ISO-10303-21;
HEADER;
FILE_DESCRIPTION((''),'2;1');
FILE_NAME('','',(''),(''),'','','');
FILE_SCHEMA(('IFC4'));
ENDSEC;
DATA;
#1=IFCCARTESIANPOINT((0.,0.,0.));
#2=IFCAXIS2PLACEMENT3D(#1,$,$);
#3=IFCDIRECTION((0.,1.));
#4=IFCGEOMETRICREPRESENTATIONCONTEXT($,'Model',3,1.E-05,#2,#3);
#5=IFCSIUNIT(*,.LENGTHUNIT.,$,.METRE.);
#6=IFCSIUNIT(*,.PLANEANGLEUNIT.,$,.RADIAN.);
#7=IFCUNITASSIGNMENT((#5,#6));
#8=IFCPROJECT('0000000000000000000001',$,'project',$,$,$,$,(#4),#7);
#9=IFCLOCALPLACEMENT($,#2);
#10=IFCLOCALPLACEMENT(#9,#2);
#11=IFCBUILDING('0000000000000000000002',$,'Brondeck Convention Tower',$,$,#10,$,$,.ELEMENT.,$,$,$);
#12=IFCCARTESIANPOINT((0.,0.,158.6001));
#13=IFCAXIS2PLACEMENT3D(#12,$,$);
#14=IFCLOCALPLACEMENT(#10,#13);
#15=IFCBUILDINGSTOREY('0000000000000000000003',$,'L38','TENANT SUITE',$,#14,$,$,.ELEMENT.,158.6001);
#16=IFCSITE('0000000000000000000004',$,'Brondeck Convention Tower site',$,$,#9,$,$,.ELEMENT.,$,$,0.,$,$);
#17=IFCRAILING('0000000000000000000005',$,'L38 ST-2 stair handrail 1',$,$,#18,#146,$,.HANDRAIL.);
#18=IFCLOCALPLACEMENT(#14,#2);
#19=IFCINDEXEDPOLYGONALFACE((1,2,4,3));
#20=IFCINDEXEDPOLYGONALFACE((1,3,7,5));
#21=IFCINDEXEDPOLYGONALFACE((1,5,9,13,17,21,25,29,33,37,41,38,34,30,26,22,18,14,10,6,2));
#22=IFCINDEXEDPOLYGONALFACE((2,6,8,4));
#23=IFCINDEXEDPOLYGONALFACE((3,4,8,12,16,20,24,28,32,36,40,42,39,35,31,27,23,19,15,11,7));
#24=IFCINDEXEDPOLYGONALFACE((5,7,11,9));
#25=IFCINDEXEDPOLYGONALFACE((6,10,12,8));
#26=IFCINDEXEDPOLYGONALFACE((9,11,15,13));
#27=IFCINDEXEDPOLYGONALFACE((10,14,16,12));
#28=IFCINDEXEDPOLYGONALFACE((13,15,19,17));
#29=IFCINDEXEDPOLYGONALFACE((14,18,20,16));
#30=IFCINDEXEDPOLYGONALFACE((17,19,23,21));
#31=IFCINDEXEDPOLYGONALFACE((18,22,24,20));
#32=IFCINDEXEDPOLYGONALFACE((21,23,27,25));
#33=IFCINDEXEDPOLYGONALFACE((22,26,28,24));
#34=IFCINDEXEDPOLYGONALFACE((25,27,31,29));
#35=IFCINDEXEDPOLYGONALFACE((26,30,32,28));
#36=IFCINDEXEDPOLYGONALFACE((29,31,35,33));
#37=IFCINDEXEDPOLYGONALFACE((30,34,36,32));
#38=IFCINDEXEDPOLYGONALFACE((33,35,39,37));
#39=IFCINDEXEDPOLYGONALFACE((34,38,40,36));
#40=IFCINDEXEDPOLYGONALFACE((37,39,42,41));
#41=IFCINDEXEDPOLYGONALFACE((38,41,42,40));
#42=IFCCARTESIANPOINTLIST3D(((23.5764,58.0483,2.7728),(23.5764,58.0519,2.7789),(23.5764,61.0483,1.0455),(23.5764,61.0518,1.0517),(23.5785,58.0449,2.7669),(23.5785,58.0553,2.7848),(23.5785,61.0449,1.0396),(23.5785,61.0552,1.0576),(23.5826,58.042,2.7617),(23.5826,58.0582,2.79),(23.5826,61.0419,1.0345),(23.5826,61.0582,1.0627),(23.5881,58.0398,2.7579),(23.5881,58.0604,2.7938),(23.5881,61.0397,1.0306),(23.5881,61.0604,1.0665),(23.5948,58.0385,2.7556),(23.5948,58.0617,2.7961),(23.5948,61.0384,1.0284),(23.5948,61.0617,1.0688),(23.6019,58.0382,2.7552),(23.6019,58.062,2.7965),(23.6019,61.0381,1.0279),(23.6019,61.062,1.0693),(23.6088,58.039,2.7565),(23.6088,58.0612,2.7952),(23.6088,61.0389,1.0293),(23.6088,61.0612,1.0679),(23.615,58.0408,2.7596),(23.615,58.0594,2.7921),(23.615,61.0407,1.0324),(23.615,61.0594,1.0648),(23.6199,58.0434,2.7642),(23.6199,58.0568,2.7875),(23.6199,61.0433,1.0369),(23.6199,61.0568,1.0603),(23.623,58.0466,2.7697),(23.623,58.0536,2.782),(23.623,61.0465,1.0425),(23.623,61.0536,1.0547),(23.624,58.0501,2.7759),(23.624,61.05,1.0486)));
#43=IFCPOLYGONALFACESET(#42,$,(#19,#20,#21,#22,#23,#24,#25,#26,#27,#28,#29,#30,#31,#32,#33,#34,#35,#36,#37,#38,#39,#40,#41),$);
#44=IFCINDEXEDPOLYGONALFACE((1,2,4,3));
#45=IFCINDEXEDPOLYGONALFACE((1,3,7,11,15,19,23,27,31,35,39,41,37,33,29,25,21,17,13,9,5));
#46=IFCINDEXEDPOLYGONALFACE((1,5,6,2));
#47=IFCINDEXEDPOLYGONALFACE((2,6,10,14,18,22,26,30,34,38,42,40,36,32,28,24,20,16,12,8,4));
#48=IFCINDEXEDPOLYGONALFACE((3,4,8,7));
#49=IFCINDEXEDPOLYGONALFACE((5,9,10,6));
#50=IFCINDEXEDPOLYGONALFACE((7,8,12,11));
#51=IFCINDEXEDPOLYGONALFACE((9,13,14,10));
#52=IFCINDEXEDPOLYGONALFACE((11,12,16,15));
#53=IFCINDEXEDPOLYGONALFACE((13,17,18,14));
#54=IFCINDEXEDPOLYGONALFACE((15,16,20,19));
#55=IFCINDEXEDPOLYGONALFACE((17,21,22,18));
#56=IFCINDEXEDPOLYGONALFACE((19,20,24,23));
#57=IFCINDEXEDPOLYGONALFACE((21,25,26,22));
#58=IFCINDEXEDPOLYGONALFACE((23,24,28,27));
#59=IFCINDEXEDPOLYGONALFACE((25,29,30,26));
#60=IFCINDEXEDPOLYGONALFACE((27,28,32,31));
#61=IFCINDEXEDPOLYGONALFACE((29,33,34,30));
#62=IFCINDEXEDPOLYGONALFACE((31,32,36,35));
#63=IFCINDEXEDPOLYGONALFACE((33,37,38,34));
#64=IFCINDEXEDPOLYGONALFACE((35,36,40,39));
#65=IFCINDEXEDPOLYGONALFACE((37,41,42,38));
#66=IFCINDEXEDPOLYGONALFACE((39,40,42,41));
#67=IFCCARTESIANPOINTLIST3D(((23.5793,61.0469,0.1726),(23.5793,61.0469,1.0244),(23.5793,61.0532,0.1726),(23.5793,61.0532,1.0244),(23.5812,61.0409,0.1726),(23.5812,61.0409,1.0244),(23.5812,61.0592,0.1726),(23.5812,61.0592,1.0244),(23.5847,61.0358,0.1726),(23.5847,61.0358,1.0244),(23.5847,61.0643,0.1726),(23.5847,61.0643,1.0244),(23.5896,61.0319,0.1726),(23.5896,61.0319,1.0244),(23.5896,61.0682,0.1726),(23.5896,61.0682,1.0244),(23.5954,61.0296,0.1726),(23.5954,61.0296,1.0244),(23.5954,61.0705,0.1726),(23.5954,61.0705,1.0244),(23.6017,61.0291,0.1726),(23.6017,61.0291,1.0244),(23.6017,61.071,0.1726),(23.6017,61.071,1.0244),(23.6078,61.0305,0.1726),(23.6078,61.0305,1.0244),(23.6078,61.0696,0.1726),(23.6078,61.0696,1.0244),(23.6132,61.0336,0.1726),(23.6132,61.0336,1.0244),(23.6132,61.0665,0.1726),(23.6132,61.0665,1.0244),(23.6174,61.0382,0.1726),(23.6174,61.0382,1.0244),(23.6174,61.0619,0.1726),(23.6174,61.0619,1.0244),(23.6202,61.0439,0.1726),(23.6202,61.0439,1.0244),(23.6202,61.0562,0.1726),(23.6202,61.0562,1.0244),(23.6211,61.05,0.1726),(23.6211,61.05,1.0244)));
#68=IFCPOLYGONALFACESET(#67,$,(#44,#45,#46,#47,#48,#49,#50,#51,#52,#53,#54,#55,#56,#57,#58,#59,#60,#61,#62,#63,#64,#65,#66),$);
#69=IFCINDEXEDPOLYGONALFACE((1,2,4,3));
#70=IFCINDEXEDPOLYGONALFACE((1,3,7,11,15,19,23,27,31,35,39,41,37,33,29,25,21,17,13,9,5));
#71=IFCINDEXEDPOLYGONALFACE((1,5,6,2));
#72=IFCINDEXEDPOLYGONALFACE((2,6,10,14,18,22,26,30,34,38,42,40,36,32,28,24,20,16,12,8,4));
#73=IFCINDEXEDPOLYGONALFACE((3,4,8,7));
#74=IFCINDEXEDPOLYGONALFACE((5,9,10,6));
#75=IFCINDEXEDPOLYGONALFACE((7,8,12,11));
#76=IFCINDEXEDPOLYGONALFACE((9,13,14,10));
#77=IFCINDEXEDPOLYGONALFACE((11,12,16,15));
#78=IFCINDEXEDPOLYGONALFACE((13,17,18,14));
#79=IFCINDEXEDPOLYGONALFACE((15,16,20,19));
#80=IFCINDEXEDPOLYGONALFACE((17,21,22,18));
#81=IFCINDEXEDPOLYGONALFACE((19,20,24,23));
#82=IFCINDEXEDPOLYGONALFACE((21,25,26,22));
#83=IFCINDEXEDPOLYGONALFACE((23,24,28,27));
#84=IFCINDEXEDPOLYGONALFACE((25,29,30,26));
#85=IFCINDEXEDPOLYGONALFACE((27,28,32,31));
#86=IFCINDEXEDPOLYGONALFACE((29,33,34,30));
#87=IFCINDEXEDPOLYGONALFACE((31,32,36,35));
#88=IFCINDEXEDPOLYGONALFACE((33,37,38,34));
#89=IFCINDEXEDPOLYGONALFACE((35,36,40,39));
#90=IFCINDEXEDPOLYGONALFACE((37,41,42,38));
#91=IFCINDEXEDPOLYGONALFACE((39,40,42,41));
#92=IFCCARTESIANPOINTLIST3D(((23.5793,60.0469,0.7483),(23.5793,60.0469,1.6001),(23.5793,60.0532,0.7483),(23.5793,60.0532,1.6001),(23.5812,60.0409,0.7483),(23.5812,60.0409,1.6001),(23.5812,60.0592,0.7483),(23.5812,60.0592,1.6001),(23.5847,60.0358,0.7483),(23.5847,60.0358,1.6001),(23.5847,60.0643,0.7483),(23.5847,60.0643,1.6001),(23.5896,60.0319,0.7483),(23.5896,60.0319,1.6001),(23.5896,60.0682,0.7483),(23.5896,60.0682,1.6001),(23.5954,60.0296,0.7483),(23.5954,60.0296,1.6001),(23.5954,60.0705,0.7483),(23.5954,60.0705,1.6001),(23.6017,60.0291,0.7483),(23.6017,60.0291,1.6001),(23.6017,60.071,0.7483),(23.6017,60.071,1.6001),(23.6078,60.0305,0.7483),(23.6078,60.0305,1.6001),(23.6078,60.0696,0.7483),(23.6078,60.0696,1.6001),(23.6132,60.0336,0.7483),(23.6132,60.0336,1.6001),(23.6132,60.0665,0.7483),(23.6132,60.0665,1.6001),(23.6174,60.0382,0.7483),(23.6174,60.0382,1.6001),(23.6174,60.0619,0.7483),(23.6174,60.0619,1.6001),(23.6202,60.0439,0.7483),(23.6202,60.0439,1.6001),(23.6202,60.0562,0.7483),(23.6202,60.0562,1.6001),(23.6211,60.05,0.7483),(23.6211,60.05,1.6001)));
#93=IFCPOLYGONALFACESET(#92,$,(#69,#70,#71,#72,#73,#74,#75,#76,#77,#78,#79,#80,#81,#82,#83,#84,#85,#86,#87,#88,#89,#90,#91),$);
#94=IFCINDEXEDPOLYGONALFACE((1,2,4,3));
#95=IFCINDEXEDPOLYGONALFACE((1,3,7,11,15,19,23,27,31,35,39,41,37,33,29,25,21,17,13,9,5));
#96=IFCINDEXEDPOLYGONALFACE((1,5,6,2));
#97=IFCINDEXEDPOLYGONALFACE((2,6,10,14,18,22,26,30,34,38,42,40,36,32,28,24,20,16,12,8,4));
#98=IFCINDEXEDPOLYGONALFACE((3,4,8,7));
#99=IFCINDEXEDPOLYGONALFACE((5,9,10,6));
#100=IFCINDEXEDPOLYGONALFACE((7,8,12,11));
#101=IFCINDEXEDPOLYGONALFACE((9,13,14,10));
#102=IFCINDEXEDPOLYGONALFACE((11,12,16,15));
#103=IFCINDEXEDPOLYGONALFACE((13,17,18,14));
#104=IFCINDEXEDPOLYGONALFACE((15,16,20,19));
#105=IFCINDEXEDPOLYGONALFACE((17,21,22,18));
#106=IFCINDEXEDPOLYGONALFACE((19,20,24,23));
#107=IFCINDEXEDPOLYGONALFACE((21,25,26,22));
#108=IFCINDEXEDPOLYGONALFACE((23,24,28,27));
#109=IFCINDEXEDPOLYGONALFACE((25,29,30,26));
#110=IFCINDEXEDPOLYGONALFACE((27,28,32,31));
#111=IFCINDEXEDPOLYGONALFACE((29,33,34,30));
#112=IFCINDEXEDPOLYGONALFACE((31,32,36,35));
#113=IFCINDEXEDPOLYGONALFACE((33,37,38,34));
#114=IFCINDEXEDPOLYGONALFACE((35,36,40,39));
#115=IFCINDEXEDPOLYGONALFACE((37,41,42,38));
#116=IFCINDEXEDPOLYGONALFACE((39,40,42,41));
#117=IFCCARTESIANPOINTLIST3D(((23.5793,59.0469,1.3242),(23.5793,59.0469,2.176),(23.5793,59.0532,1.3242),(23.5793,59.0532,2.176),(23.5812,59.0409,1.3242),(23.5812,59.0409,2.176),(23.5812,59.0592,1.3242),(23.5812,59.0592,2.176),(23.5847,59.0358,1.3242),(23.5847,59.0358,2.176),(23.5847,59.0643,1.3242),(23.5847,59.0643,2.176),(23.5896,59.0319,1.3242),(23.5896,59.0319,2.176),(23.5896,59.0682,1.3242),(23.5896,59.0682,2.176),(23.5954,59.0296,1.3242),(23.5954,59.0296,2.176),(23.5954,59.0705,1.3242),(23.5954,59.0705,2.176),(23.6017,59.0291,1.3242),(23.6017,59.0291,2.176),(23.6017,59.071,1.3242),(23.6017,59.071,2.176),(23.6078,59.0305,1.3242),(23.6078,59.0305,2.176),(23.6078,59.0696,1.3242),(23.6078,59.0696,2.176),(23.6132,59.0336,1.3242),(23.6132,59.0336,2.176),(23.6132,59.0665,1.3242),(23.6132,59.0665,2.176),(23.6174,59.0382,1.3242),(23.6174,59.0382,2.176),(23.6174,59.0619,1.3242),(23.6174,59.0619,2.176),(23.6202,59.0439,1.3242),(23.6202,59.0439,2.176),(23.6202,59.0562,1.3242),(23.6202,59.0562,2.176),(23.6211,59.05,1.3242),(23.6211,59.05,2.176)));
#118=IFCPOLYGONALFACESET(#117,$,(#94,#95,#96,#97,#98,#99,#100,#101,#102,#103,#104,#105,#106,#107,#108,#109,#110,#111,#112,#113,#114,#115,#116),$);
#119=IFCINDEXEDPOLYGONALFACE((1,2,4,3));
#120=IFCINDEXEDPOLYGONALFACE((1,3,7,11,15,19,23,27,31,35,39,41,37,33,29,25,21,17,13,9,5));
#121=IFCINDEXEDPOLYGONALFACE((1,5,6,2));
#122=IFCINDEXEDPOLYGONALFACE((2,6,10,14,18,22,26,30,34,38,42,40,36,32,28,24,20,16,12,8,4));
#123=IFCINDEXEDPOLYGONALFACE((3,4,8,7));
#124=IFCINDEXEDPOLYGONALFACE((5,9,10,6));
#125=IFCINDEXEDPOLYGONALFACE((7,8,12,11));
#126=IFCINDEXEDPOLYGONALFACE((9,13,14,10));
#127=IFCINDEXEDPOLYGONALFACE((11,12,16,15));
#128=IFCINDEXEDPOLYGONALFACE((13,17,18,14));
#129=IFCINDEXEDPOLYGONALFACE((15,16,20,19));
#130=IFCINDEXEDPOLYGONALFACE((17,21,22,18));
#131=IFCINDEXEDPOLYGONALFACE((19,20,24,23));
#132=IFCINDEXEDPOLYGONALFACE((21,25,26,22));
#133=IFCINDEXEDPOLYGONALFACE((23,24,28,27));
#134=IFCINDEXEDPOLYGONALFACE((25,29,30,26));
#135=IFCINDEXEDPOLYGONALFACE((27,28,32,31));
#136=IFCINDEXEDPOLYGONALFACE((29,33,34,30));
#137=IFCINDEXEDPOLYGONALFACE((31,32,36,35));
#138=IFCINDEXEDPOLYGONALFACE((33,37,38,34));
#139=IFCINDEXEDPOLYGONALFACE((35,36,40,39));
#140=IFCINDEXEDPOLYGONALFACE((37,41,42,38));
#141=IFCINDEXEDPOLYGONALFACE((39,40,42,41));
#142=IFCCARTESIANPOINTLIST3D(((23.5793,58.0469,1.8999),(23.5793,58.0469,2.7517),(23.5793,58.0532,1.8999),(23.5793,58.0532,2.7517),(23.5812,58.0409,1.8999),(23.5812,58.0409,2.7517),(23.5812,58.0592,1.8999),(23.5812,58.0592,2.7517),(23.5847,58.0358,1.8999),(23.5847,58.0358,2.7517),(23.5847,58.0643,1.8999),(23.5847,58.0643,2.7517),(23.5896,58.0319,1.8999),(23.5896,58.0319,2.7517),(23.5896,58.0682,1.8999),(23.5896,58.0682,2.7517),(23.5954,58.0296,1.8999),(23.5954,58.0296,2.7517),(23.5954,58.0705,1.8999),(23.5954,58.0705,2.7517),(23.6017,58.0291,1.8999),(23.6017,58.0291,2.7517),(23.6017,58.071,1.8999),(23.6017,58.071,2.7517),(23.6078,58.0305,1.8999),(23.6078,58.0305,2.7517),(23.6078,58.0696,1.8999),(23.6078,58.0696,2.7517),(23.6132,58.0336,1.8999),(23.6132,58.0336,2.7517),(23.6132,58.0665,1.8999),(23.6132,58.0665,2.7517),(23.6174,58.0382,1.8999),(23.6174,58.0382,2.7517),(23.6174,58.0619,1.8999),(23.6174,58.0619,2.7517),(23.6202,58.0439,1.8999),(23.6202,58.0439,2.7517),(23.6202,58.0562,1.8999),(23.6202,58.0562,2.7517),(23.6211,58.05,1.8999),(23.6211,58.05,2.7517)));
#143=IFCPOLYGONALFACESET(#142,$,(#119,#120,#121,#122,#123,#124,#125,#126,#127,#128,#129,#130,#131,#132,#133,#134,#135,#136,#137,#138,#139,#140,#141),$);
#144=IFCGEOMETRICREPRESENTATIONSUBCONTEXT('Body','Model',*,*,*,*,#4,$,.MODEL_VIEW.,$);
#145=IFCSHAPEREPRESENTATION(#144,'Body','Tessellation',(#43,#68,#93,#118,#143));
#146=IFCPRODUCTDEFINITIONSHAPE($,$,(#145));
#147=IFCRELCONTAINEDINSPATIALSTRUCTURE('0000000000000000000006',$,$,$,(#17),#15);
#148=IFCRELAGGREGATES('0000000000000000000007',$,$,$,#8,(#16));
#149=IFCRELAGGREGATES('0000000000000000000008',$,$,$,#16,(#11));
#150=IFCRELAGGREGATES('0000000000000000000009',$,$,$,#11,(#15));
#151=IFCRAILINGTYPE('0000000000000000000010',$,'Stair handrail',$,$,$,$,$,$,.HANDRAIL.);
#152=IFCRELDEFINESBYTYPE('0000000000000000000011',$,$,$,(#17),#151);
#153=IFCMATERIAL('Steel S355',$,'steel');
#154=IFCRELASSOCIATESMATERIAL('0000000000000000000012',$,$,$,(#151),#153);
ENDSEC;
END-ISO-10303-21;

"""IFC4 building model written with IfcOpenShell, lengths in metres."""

from ifc_helpers import new_model, si_unit, direction, frame, origin, origin_2d, place, context, subcontext, project, spatial, circle, extrude, material, type_object, element, save


model = new_model("IFC4")

# Units and contexts
model_context = context("Model", 3, precision=1e-05, world=origin(), true_north=direction((0.0, 1.0)))
body_context = subcontext(model_context, "Body", "Model", "MODEL_VIEW")
ifc_project = project(units=[si_unit("LENGTHUNIT", "METRE"), si_unit("PLANEANGLEUNIT", "RADIAN")], contexts=[model_context])

# Site, building, storey
site_placement = place(None, origin())
site = spatial("IfcSite", under=ifc_project, at=site_placement, Name="Brondeck Convention Tower site", CompositionType="ELEMENT", RefElevation=0.0)
building_placement = place(site_placement, origin())
building = spatial("IfcBuilding", under=site, at=building_placement, Name="Brondeck Convention Tower", CompositionType="ELEMENT")
storey_placement = place(building_placement, frame((0.0, 0.0, 158.6001)))
storey = spatial("IfcBuildingStorey", under=building, at=storey_placement, Name="L38", Description="TENANT SUITE", CompositionType="ELEMENT", Elevation=158.6001)

# Railing
ifc_material_1 = material(Name="Steel S355", Category="steel")
railing_type_1 = type_object("IfcRailingType", Name="Stair handrail", PredefinedType="HANDRAIL", material=ifc_material_1)
railing_1_placement = place(storey_placement, frame((23.6001, 61.05, 0.1726)))
element("IfcRailing", 1, at=railing_1_placement, inside=storey, type_object=railing_type_1, Name="L38 ST-2 stair handrail 1", PredefinedType="HANDRAIL", context=body_context, shape_type="SweptSolid", body=[
    extrude(circle(Radius=0.0239, at=origin_2d()), frame((0.0, 0.0, 0.876), z_axis=(0.0, -0.86662, 0.498969), x_axis=(1.0, 0.0, 0.0)), (0.0, 0.0, 1.0), 3.4617),
    extrude(circle(Radius=0.021, at=origin_2d()), origin(), (0.0, 0.0, 1.0), 0.8518),
    extrude(circle(Radius=0.021, at=origin_2d()), frame((0.0, -1.0, 0.5757)), (0.0, 0.0, 1.0), 0.8518),
    extrude(circle(Radius=0.021, at=origin_2d()), frame((0.0, -2.0, 1.1516)), (0.0, 0.0, 1.0), 0.8518),
    extrude(circle(Radius=0.021, at=origin_2d()), frame((0.0, -3.0, 1.7273)), (0.0, 0.0, 1.0), 0.8518),
])

save(model, "model.ifc")
